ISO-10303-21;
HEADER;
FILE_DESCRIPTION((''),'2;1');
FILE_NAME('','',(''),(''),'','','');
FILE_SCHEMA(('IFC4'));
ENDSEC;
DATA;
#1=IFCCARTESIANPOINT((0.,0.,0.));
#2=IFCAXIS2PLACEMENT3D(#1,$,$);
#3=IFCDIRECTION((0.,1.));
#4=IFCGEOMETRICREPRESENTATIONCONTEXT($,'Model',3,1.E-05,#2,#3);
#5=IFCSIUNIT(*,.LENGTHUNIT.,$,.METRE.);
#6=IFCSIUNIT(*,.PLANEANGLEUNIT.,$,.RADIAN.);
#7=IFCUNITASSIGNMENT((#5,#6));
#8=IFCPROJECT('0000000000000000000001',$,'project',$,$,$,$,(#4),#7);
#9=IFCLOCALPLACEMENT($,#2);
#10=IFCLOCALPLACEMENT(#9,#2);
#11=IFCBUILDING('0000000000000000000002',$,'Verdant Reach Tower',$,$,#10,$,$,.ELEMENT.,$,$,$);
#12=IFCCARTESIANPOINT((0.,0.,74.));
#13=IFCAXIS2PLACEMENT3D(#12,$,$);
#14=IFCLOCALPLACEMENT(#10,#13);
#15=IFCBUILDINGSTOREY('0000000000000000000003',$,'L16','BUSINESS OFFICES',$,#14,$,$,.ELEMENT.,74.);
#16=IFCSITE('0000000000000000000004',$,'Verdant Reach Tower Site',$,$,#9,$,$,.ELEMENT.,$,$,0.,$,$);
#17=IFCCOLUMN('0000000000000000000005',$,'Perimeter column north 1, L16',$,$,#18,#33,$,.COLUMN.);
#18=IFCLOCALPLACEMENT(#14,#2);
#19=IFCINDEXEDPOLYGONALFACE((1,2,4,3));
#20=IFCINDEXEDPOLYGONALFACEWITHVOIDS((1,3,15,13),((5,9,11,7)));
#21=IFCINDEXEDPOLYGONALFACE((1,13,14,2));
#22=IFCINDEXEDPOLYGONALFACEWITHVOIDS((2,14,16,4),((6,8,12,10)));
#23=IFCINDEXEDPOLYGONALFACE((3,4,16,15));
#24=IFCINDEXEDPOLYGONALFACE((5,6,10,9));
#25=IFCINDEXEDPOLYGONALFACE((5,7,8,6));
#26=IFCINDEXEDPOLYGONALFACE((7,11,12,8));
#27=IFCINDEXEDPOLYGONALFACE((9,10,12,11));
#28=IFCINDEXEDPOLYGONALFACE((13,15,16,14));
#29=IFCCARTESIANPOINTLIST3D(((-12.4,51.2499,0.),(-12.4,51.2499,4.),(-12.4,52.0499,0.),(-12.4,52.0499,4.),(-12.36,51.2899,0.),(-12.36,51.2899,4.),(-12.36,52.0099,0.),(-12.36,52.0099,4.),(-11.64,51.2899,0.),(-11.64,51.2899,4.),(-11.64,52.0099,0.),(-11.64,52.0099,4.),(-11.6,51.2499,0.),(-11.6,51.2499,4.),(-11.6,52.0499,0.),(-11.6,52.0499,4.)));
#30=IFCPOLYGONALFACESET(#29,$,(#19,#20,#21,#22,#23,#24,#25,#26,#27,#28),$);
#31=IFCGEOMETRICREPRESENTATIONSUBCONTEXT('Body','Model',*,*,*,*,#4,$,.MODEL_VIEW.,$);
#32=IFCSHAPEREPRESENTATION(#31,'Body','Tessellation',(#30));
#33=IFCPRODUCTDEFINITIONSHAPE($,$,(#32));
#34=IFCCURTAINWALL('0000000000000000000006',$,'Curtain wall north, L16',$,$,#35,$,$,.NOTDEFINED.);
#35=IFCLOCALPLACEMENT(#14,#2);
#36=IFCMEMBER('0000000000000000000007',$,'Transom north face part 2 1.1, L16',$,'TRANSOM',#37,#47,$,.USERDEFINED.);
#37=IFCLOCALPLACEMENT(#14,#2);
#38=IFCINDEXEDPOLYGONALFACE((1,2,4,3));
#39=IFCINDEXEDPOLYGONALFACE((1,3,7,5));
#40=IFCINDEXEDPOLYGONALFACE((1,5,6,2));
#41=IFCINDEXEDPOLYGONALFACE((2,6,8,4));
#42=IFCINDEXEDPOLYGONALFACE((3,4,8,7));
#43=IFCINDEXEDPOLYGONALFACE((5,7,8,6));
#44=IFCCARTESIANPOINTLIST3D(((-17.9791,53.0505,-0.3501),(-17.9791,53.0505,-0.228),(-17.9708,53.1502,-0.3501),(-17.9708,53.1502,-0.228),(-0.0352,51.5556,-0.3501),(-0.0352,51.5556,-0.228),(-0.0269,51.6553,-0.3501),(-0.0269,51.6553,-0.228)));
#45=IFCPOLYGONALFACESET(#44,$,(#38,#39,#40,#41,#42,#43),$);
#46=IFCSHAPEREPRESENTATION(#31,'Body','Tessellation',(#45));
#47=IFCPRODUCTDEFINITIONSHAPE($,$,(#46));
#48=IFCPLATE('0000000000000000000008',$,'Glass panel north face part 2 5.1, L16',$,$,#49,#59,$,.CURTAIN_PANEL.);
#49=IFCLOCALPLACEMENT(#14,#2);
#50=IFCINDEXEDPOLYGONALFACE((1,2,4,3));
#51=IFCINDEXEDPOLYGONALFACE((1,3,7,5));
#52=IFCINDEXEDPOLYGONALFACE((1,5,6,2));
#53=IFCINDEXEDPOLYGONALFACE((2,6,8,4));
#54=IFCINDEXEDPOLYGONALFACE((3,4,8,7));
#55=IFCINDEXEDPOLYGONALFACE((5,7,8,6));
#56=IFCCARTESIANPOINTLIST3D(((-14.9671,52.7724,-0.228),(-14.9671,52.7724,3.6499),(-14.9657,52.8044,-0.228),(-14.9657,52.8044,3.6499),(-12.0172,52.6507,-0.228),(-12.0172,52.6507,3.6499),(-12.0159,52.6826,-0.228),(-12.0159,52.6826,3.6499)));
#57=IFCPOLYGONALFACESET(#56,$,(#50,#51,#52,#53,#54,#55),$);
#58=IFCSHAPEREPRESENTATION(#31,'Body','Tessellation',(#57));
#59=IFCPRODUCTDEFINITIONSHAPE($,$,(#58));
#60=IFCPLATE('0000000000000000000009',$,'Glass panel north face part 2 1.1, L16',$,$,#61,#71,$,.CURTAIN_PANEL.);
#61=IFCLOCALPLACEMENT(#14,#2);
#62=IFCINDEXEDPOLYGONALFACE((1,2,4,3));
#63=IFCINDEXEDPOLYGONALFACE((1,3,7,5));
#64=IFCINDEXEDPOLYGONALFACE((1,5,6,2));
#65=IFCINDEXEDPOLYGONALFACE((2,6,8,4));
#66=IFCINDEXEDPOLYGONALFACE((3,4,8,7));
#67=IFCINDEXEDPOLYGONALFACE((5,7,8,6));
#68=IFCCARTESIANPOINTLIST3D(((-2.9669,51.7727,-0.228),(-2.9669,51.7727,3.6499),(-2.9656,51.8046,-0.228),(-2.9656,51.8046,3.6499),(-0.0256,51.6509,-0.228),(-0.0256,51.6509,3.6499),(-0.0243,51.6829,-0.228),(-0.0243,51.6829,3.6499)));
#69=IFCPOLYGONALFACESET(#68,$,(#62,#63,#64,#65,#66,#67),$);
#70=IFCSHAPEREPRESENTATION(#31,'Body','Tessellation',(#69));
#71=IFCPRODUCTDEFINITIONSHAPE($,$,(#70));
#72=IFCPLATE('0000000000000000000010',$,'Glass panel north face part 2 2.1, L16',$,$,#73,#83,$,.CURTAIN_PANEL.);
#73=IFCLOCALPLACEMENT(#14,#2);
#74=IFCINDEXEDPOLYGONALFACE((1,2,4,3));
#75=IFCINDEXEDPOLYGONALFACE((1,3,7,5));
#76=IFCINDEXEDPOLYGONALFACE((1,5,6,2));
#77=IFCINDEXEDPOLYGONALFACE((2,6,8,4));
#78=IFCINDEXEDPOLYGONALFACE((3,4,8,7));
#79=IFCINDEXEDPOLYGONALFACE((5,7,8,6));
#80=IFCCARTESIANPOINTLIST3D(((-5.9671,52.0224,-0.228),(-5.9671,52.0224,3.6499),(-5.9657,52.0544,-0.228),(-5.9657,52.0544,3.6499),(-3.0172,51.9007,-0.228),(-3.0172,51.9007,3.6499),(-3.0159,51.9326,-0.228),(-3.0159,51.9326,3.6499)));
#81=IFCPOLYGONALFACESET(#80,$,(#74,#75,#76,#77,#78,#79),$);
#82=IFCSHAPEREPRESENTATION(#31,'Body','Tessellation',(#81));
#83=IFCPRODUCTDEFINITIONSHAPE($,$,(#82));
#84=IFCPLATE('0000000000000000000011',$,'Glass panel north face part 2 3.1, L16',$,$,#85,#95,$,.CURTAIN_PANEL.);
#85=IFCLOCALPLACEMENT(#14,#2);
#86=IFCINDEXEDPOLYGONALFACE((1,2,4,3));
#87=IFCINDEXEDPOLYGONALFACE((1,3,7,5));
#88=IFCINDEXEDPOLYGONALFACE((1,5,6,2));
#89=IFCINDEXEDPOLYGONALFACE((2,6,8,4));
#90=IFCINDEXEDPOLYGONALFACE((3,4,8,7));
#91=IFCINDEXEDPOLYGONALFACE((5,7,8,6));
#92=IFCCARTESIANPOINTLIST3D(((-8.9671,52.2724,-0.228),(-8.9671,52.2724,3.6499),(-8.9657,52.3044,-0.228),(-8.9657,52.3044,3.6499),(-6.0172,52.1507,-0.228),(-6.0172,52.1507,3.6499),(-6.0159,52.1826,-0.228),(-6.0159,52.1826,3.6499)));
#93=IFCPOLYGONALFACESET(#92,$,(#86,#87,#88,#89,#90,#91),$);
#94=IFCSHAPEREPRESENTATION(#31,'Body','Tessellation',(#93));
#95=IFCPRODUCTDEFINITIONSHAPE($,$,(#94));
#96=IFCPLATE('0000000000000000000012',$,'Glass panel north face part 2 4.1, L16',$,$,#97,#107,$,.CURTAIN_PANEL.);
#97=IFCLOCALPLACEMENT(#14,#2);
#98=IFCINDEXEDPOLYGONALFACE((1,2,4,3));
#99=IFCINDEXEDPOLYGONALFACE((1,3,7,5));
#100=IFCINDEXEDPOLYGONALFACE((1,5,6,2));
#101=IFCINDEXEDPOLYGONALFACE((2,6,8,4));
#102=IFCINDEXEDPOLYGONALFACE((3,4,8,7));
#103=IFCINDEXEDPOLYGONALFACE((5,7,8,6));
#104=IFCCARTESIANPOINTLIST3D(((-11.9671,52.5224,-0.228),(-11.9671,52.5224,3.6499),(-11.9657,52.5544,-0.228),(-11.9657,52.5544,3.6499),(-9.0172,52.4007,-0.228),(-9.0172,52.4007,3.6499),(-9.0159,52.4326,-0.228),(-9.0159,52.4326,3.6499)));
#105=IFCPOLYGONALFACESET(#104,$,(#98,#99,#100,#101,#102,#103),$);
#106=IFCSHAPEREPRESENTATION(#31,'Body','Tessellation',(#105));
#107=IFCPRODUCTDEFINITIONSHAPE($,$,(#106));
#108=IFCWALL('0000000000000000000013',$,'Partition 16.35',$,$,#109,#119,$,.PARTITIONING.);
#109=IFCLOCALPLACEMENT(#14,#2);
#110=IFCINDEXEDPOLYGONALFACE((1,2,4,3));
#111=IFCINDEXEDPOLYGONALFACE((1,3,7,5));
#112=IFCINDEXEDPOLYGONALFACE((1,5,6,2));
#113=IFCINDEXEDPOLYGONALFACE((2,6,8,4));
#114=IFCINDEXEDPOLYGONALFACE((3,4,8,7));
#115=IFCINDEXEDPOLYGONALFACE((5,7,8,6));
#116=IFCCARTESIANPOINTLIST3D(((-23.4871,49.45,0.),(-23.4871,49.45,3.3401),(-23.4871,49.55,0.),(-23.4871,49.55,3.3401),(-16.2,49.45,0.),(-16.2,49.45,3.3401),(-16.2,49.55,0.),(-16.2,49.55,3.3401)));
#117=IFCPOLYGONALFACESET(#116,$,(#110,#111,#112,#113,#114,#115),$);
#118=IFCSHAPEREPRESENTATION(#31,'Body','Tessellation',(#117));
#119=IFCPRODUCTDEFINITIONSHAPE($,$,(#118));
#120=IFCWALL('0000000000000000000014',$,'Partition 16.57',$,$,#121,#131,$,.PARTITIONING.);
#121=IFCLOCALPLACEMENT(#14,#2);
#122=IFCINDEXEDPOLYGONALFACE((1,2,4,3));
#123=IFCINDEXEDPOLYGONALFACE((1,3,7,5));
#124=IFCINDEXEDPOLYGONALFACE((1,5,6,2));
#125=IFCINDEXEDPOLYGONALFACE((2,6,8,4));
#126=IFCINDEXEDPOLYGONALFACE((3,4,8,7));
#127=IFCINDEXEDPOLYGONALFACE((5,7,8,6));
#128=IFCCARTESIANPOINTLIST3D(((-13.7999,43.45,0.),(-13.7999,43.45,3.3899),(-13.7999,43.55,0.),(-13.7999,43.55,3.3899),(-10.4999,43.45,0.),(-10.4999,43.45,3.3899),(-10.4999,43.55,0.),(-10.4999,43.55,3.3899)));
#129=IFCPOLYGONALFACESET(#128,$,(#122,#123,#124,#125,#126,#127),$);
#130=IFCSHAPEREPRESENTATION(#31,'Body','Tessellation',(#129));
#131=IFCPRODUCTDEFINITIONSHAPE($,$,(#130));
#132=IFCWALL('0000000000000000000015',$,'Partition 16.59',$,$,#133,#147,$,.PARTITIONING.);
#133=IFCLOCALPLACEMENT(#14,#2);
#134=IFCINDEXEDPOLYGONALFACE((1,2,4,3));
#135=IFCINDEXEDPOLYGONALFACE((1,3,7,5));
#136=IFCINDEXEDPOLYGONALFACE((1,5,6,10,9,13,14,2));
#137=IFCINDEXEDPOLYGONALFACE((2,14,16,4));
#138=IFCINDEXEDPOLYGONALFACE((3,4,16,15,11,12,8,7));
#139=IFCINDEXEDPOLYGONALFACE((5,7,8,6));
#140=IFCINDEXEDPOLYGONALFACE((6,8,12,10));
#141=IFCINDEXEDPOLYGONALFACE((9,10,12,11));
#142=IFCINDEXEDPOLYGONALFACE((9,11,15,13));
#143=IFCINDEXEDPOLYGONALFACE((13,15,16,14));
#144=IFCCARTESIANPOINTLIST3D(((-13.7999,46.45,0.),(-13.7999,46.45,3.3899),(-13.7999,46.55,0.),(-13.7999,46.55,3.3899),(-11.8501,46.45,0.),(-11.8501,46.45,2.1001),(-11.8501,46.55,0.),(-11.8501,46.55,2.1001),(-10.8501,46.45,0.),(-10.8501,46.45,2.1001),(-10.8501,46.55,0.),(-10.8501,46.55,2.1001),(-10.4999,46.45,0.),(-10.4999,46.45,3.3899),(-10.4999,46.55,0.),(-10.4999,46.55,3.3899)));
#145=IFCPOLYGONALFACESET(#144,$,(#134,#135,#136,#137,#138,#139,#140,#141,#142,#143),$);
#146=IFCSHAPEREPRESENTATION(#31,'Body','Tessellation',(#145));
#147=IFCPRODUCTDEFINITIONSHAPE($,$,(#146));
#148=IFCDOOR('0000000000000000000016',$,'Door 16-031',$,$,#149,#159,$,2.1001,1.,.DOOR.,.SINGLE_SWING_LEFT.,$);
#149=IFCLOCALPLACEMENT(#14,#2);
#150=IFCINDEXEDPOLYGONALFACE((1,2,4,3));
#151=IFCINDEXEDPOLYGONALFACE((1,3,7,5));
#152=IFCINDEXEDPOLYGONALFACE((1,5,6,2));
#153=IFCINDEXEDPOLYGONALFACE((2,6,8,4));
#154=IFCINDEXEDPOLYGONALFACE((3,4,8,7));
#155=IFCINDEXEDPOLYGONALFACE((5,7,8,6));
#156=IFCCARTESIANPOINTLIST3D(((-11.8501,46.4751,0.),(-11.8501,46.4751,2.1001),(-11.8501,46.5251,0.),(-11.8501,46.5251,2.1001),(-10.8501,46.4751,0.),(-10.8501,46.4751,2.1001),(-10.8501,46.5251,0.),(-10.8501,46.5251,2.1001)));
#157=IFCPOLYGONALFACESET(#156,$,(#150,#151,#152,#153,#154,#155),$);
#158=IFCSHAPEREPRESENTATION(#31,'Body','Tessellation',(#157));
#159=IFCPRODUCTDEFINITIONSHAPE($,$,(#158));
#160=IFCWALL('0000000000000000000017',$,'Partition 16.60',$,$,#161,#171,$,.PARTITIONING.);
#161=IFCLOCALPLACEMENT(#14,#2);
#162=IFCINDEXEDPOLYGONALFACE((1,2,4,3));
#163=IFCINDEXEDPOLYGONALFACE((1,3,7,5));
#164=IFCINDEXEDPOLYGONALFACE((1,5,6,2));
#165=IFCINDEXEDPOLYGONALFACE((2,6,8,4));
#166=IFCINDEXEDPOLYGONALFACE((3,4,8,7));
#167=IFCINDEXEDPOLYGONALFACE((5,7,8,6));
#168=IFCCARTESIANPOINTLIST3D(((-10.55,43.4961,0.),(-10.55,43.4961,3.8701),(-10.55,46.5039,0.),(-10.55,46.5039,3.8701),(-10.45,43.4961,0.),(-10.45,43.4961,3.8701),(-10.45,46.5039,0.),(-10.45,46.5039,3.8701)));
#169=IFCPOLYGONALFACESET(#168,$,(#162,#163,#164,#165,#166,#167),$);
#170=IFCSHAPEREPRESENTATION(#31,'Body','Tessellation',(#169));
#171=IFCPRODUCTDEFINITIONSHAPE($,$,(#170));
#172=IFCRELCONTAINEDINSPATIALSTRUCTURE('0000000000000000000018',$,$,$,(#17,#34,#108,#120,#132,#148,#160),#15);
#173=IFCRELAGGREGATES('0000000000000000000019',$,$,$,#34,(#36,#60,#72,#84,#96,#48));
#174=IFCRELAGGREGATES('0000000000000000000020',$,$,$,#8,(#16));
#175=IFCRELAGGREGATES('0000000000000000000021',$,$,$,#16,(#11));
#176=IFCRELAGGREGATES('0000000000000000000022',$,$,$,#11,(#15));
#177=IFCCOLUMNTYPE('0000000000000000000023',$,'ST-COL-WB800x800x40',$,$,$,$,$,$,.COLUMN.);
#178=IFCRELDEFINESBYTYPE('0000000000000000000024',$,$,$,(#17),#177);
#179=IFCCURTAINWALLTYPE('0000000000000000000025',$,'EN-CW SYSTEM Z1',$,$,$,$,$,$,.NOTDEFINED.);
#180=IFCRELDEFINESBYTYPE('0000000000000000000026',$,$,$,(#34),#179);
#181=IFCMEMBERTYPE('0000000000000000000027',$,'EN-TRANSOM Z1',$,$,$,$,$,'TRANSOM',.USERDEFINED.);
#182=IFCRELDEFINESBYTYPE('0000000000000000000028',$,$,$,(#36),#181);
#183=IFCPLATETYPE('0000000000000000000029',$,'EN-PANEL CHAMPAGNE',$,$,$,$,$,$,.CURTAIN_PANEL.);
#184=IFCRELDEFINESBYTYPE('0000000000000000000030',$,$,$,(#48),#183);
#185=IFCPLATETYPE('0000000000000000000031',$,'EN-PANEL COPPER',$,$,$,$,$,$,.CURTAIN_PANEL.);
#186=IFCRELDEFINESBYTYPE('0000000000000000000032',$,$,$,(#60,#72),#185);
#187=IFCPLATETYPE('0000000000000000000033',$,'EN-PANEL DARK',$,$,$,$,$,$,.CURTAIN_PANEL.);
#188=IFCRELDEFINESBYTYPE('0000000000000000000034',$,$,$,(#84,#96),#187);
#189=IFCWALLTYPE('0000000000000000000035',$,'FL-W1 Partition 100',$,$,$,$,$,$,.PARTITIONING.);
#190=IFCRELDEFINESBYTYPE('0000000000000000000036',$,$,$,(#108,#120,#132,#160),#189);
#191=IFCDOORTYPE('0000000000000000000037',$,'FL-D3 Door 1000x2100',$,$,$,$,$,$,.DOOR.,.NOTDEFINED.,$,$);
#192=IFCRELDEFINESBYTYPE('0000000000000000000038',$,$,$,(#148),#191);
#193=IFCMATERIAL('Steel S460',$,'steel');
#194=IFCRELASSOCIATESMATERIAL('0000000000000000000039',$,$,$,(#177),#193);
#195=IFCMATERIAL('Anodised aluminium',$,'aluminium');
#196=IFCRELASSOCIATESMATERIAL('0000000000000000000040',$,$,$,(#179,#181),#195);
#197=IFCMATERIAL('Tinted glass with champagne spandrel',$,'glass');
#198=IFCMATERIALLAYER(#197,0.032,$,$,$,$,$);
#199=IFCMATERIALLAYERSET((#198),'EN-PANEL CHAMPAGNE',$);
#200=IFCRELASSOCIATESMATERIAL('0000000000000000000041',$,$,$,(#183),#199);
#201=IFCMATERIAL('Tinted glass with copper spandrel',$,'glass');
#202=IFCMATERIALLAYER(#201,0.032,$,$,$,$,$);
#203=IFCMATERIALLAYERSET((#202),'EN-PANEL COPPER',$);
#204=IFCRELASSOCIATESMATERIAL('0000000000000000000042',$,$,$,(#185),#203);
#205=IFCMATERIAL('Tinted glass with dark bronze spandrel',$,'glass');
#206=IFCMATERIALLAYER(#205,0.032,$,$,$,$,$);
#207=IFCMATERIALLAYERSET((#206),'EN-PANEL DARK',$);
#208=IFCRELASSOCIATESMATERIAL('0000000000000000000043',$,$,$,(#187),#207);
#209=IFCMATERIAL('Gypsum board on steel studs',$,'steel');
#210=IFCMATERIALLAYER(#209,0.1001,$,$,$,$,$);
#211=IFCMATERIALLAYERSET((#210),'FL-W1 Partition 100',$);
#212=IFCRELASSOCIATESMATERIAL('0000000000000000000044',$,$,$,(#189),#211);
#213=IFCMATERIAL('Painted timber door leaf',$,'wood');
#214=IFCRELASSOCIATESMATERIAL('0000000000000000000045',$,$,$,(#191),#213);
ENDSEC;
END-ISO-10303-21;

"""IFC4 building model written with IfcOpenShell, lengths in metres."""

from ifc_helpers import new_model, si_unit, direction, frame, frame_2d, origin, origin_2d, place, context, subcontext, project, spatial, rectangle, hollow_rectangle, extrude, material, layer, layer_set, material_profile, profile_set, type_object, element, fill, aggregate, save


model = new_model("IFC4")

# Units and contexts
model_context = context("Model", 3, precision=1e-05, world=origin(), true_north=direction((0.0, 1.0)))
body_context = subcontext(model_context, "Body", "Model", "MODEL_VIEW")
ifc_project = project(units=[si_unit("LENGTHUNIT", "METRE"), si_unit("PLANEANGLEUNIT", "RADIAN")], contexts=[model_context])

# Site, building, storey
site_placement = place(None, origin())
site = spatial("IfcSite", under=ifc_project, at=site_placement, Name="Verdant Reach Tower Site", CompositionType="ELEMENT", RefElevation=0.0)
building_placement = place(site_placement, origin())
building = spatial("IfcBuilding", under=site, at=building_placement, Name="Verdant Reach Tower", CompositionType="ELEMENT")
storey_placement = place(building_placement, frame((0.0, 0.0, 74.0)))
storey = spatial("IfcBuildingStorey", under=building, at=storey_placement, Name="L16", Description="BUSINESS OFFICES", CompositionType="ELEMENT", Elevation=74.0)

# Column
ifc_material_1 = material(Name="Steel S460", Category="steel")
ifc_material_profile_1 = material_profile(ifc_material_1, hollow_rectangle(XDim=0.8, YDim=0.8, WallThickness=0.04, at=origin_2d()), Name="WB 800x800x40")
ifc_profile_set_1 = profile_set([ifc_material_profile_1], Name="Steel S460")
column_type = type_object("IfcColumnType", Name="ST-COL-WB800x800x40", PredefinedType="COLUMN", material=ifc_profile_set_1)
column_placement = place(storey_placement, frame((-12.0, 51.6499, 0.0), z_axis=(0.0, 0.0, 1.0), x_axis=(1.0, 0.0, 0.0)))
element("IfcColumn", 1, at=column_placement, inside=storey, type_object=column_type, Name="Perimeter column north 1, L16", PredefinedType="COLUMN", context=body_context, shape_type="SweptSolid", body=[
    extrude(hollow_rectangle(XDim=0.8, YDim=0.8, WallThickness=0.04, at=origin_2d()), origin(), (0.0, 0.0, 1.0), 4.0),
])

# Curtain wall, member, plates
ifc_material_2 = material(Name="Anodised aluminium", Category="aluminium")
curtain_wall_type = type_object("IfcCurtainWallType", Name="EN-CW SYSTEM Z1", PredefinedType="NOTDEFINED", material=ifc_material_2)
curtain_wall_placement = place(storey_placement, origin())
curtain_wall = element("IfcCurtainWall", 2, at=curtain_wall_placement, inside=storey, type_object=curtain_wall_type, Name="Curtain wall north, L16", PredefinedType="NOTDEFINED")
ifc_material_profile_2 = material_profile(ifc_material_2, rectangle(XDim=0.1001, YDim=0.1221, at=origin_2d()), Name="Transom 122x100")
ifc_profile_set_2 = profile_set([ifc_material_profile_2], Name="Anodised aluminium")
member_type = type_object("IfcMemberType", Name="EN-TRANSOM Z1", ElementType="TRANSOM", PredefinedType="USERDEFINED", material=ifc_profile_set_2)
member_placement = place(storey_placement, frame((-0.031, 51.6055, -0.2891), z_axis=(-0.996548, 0.083021, 0.0), x_axis=(-0.083021, -0.996548, 0.0)))
member = element("IfcMember", 3, at=member_placement, type_object=member_type, Name="Transom north face part 2 1.1, L16", ObjectType="TRANSOM", PredefinedType="USERDEFINED", context=body_context, shape_type="SweptSolid", body=[
    extrude(rectangle(XDim=0.1001, YDim=0.1221, at=origin_2d()), origin(), (0.0, 0.0, 1.0), 18.0061),
])
ifc_material_3 = material(Name="Tinted glass with champagne spandrel", Category="glass")
ifc_layer_1 = layer(ifc_material_3, 0.032)
ifc_layer_set_1 = layer_set([ifc_layer_1], Name="EN-PANEL CHAMPAGNE")
plate_type_1 = type_object("IfcPlateType", Name="EN-PANEL CHAMPAGNE", PredefinedType="CURTAIN_PANEL", material=ifc_layer_set_1)
plate_1_placement = place(storey_placement, frame((-13.4915, 52.7275, -0.228), z_axis=(0.0, 0.0, 1.0), x_axis=(-0.999149, 0.041242, 0.0)))
plate_1 = element("IfcPlate", 4, at=plate_1_placement, type_object=plate_type_1, Name="Glass panel north face part 2 5.1, L16", PredefinedType="CURTAIN_PANEL", context=body_context, shape_type="SweptSolid", body=[
    extrude(rectangle(XDim=2.9524, YDim=0.032, at=origin_2d()), origin(), (0.0, 0.0, 1.0), 3.8779),
])
ifc_material_4 = material(Name="Tinted glass with copper spandrel", Category="glass")
ifc_layer_2 = layer(ifc_material_4, 0.032)
ifc_layer_set_2 = layer_set([ifc_layer_2], Name="EN-PANEL COPPER")
plate_type_2 = type_object("IfcPlateType", Name="EN-PANEL COPPER", PredefinedType="CURTAIN_PANEL", material=ifc_layer_set_2)
plate_2_placement = place(storey_placement, frame((-1.4956, 51.7278, -0.228), z_axis=(0.0, 0.0, 1.0), x_axis=(-0.999144, 0.04136, 0.0)))
plate_2 = element("IfcPlate", 5, at=plate_2_placement, type_object=plate_type_2, Name="Glass panel north face part 2 1.1, L16", PredefinedType="CURTAIN_PANEL", context=body_context, shape_type="SweptSolid", body=[
    extrude(rectangle(XDim=2.9438, YDim=0.032, at=origin_2d()), origin(), (0.0, 0.0, 1.0), 3.8779),
])
plate_3_placement = place(storey_placement, frame((-4.4915, 51.9775, -0.228), z_axis=(0.0, 0.0, 1.0), x_axis=(-0.999149, 0.041242, 0.0)))
plate_3 = element("IfcPlate", 6, at=plate_3_placement, type_object=plate_type_2, Name="Glass panel north face part 2 2.1, L16", PredefinedType="CURTAIN_PANEL", context=body_context, shape_type="SweptSolid", body=[
    extrude(rectangle(XDim=2.9524, YDim=0.032, at=origin_2d()), origin(), (0.0, 0.0, 1.0), 3.8779),
])
ifc_material_5 = material(Name="Tinted glass with dark bronze spandrel", Category="glass")
ifc_layer_3 = layer(ifc_material_5, 0.032)
ifc_layer_set_3 = layer_set([ifc_layer_3], Name="EN-PANEL DARK")
plate_type_3 = type_object("IfcPlateType", Name="EN-PANEL DARK", PredefinedType="CURTAIN_PANEL", material=ifc_layer_set_3)
plate_4_placement = place(storey_placement, frame((-7.4915, 52.2275, -0.228), z_axis=(0.0, 0.0, 1.0), x_axis=(-0.999149, 0.041242, 0.0)))
plate_4 = element("IfcPlate", 7, at=plate_4_placement, type_object=plate_type_3, Name="Glass panel north face part 2 3.1, L16", PredefinedType="CURTAIN_PANEL", context=body_context, shape_type="SweptSolid", body=[
    extrude(rectangle(XDim=2.9524, YDim=0.032, at=origin_2d()), origin(), (0.0, 0.0, 1.0), 3.8779),
])
plate_5_placement = place(storey_placement, frame((-10.4915, 52.4775, -0.228), z_axis=(0.0, 0.0, 1.0), x_axis=(-0.999149, 0.041242, 0.0)))
plate_5 = element("IfcPlate", 8, at=plate_5_placement, type_object=plate_type_3, Name="Glass panel north face part 2 4.1, L16", PredefinedType="CURTAIN_PANEL", context=body_context, shape_type="SweptSolid", body=[
    extrude(rectangle(XDim=2.9524, YDim=0.032, at=origin_2d()), origin(), (0.0, 0.0, 1.0), 3.8779),
])
aggregate(curtain_wall, [member, plate_2, plate_3, plate_4, plate_5, plate_1])

# Walls
ifc_material_6 = material(Name="Gypsum board on steel studs", Category="steel")
ifc_layer_4 = layer(ifc_material_6, 0.1001)
ifc_layer_set_4 = layer_set([ifc_layer_4], Name="FL-W1 Partition 100")
wall_type_1 = type_object("IfcWallType", Name="FL-W1 Partition 100", PredefinedType="PARTITIONING", material=ifc_layer_set_4)
wall_1_placement = place(storey_placement, frame((-16.2, 49.5, 0.0), z_axis=(0.0, 0.0, 1.0), x_axis=(-1.0, 0.0, 0.0)))
element("IfcWall", 9, at=wall_1_placement, inside=storey, type_object=wall_type_1, Name="Partition 16.35", PredefinedType="PARTITIONING", context=body_context, shape_type="SweptSolid", body=[
    extrude(rectangle(XDim=7.2871, YDim=0.1001, at=frame_2d((3.6436, 0.0))), origin(), (0.0, 0.0, 1.0), 3.3401),
])
wall_2_placement = place(storey_placement, frame((-10.5, 43.5, 0.0), z_axis=(0.0, 0.0, 1.0), x_axis=(-1.0, 0.0, 0.0)))
element("IfcWall", 10, at=wall_2_placement, inside=storey, type_object=wall_type_1, Name="Partition 16.57", PredefinedType="PARTITIONING", context=body_context, shape_type="SweptSolid", body=[
    extrude(rectangle(XDim=3.3, YDim=0.1001, at=frame_2d((1.6499, 0.0))), origin(), (0.0, 0.0, 1.0), 3.3899),
])

# Wall, opening, door
wall_3_placement = place(storey_placement, frame((-10.5, 46.5, 0.0), z_axis=(0.0, 0.0, 1.0), x_axis=(-1.0, 0.0, 0.0)))
wall_3 = element("IfcWall", 11, at=wall_3_placement, inside=storey, type_object=wall_type_1, Name="Partition 16.59", PredefinedType="PARTITIONING", context=body_context, shape_type="SweptSolid", body=[
    extrude(rectangle(XDim=3.3, YDim=0.1001, at=frame_2d((1.6499, 0.0))), origin(), (0.0, 0.0, 1.0), 3.3899),
])
opening_1_placement = place(wall_3_placement, frame((0.3501, 0.0, 0.0)))
opening_1 = element("IfcOpeningElement", 12, at=opening_1_placement, cuts=wall_3, PredefinedType="OPENING", context=body_context, shape_type="SweptSolid", body=[
    extrude(rectangle(XDim=1.0, YDim=2.1001, at=frame_2d((0.5, 1.05))), frame((0.0, 0.0601, 0.0), z_axis=(0.0, -1.0, 0.0), x_axis=(1.0, 0.0, 0.0)), (0.0, 0.0, 1.0), 0.1201),
])
ifc_material_7 = material(Name="Painted timber door leaf", Category="wood")
door_type_1 = type_object("IfcDoorType", Name="FL-D3 Door 1000x2100", OperationType="NOTDEFINED", PredefinedType="DOOR", material=ifc_material_7)
door_1_placement = place(opening_1_placement, origin())
door_1 = element("IfcDoor", 13, at=door_1_placement, inside=storey, type_object=door_type_1, Name="Door 16-031", OperationType="SINGLE_SWING_LEFT", OverallHeight=2.1001, OverallWidth=1.0, PredefinedType="DOOR", context=body_context, shape_type="SweptSolid", body=[
    extrude(rectangle(XDim=1.0, YDim=2.1001, at=frame_2d((0.5, 1.05))), frame((0.0, 0.0249, 0.0), z_axis=(0.0, -1.0, 0.0), x_axis=(1.0, 0.0, 0.0)), (0.0, 0.0, 1.0), 0.05),
])
fill(opening_1, door_1)

# Wall
wall_4_placement = place(storey_placement, frame((-10.5, 43.4961, 0.0), z_axis=(0.0, 0.0, 1.0), x_axis=(0.0, 1.0, 0.0)))
element("IfcWall", 14, at=wall_4_placement, inside=storey, type_object=wall_type_1, Name="Partition 16.60", PredefinedType="PARTITIONING", context=body_context, shape_type="SweptSolid", body=[
    extrude(rectangle(XDim=3.0078, YDim=0.1001, at=frame_2d((1.5039, 0.0))), origin(), (0.0, 0.0, 1.0), 3.8701),
])

save(model, "model.ifc")
